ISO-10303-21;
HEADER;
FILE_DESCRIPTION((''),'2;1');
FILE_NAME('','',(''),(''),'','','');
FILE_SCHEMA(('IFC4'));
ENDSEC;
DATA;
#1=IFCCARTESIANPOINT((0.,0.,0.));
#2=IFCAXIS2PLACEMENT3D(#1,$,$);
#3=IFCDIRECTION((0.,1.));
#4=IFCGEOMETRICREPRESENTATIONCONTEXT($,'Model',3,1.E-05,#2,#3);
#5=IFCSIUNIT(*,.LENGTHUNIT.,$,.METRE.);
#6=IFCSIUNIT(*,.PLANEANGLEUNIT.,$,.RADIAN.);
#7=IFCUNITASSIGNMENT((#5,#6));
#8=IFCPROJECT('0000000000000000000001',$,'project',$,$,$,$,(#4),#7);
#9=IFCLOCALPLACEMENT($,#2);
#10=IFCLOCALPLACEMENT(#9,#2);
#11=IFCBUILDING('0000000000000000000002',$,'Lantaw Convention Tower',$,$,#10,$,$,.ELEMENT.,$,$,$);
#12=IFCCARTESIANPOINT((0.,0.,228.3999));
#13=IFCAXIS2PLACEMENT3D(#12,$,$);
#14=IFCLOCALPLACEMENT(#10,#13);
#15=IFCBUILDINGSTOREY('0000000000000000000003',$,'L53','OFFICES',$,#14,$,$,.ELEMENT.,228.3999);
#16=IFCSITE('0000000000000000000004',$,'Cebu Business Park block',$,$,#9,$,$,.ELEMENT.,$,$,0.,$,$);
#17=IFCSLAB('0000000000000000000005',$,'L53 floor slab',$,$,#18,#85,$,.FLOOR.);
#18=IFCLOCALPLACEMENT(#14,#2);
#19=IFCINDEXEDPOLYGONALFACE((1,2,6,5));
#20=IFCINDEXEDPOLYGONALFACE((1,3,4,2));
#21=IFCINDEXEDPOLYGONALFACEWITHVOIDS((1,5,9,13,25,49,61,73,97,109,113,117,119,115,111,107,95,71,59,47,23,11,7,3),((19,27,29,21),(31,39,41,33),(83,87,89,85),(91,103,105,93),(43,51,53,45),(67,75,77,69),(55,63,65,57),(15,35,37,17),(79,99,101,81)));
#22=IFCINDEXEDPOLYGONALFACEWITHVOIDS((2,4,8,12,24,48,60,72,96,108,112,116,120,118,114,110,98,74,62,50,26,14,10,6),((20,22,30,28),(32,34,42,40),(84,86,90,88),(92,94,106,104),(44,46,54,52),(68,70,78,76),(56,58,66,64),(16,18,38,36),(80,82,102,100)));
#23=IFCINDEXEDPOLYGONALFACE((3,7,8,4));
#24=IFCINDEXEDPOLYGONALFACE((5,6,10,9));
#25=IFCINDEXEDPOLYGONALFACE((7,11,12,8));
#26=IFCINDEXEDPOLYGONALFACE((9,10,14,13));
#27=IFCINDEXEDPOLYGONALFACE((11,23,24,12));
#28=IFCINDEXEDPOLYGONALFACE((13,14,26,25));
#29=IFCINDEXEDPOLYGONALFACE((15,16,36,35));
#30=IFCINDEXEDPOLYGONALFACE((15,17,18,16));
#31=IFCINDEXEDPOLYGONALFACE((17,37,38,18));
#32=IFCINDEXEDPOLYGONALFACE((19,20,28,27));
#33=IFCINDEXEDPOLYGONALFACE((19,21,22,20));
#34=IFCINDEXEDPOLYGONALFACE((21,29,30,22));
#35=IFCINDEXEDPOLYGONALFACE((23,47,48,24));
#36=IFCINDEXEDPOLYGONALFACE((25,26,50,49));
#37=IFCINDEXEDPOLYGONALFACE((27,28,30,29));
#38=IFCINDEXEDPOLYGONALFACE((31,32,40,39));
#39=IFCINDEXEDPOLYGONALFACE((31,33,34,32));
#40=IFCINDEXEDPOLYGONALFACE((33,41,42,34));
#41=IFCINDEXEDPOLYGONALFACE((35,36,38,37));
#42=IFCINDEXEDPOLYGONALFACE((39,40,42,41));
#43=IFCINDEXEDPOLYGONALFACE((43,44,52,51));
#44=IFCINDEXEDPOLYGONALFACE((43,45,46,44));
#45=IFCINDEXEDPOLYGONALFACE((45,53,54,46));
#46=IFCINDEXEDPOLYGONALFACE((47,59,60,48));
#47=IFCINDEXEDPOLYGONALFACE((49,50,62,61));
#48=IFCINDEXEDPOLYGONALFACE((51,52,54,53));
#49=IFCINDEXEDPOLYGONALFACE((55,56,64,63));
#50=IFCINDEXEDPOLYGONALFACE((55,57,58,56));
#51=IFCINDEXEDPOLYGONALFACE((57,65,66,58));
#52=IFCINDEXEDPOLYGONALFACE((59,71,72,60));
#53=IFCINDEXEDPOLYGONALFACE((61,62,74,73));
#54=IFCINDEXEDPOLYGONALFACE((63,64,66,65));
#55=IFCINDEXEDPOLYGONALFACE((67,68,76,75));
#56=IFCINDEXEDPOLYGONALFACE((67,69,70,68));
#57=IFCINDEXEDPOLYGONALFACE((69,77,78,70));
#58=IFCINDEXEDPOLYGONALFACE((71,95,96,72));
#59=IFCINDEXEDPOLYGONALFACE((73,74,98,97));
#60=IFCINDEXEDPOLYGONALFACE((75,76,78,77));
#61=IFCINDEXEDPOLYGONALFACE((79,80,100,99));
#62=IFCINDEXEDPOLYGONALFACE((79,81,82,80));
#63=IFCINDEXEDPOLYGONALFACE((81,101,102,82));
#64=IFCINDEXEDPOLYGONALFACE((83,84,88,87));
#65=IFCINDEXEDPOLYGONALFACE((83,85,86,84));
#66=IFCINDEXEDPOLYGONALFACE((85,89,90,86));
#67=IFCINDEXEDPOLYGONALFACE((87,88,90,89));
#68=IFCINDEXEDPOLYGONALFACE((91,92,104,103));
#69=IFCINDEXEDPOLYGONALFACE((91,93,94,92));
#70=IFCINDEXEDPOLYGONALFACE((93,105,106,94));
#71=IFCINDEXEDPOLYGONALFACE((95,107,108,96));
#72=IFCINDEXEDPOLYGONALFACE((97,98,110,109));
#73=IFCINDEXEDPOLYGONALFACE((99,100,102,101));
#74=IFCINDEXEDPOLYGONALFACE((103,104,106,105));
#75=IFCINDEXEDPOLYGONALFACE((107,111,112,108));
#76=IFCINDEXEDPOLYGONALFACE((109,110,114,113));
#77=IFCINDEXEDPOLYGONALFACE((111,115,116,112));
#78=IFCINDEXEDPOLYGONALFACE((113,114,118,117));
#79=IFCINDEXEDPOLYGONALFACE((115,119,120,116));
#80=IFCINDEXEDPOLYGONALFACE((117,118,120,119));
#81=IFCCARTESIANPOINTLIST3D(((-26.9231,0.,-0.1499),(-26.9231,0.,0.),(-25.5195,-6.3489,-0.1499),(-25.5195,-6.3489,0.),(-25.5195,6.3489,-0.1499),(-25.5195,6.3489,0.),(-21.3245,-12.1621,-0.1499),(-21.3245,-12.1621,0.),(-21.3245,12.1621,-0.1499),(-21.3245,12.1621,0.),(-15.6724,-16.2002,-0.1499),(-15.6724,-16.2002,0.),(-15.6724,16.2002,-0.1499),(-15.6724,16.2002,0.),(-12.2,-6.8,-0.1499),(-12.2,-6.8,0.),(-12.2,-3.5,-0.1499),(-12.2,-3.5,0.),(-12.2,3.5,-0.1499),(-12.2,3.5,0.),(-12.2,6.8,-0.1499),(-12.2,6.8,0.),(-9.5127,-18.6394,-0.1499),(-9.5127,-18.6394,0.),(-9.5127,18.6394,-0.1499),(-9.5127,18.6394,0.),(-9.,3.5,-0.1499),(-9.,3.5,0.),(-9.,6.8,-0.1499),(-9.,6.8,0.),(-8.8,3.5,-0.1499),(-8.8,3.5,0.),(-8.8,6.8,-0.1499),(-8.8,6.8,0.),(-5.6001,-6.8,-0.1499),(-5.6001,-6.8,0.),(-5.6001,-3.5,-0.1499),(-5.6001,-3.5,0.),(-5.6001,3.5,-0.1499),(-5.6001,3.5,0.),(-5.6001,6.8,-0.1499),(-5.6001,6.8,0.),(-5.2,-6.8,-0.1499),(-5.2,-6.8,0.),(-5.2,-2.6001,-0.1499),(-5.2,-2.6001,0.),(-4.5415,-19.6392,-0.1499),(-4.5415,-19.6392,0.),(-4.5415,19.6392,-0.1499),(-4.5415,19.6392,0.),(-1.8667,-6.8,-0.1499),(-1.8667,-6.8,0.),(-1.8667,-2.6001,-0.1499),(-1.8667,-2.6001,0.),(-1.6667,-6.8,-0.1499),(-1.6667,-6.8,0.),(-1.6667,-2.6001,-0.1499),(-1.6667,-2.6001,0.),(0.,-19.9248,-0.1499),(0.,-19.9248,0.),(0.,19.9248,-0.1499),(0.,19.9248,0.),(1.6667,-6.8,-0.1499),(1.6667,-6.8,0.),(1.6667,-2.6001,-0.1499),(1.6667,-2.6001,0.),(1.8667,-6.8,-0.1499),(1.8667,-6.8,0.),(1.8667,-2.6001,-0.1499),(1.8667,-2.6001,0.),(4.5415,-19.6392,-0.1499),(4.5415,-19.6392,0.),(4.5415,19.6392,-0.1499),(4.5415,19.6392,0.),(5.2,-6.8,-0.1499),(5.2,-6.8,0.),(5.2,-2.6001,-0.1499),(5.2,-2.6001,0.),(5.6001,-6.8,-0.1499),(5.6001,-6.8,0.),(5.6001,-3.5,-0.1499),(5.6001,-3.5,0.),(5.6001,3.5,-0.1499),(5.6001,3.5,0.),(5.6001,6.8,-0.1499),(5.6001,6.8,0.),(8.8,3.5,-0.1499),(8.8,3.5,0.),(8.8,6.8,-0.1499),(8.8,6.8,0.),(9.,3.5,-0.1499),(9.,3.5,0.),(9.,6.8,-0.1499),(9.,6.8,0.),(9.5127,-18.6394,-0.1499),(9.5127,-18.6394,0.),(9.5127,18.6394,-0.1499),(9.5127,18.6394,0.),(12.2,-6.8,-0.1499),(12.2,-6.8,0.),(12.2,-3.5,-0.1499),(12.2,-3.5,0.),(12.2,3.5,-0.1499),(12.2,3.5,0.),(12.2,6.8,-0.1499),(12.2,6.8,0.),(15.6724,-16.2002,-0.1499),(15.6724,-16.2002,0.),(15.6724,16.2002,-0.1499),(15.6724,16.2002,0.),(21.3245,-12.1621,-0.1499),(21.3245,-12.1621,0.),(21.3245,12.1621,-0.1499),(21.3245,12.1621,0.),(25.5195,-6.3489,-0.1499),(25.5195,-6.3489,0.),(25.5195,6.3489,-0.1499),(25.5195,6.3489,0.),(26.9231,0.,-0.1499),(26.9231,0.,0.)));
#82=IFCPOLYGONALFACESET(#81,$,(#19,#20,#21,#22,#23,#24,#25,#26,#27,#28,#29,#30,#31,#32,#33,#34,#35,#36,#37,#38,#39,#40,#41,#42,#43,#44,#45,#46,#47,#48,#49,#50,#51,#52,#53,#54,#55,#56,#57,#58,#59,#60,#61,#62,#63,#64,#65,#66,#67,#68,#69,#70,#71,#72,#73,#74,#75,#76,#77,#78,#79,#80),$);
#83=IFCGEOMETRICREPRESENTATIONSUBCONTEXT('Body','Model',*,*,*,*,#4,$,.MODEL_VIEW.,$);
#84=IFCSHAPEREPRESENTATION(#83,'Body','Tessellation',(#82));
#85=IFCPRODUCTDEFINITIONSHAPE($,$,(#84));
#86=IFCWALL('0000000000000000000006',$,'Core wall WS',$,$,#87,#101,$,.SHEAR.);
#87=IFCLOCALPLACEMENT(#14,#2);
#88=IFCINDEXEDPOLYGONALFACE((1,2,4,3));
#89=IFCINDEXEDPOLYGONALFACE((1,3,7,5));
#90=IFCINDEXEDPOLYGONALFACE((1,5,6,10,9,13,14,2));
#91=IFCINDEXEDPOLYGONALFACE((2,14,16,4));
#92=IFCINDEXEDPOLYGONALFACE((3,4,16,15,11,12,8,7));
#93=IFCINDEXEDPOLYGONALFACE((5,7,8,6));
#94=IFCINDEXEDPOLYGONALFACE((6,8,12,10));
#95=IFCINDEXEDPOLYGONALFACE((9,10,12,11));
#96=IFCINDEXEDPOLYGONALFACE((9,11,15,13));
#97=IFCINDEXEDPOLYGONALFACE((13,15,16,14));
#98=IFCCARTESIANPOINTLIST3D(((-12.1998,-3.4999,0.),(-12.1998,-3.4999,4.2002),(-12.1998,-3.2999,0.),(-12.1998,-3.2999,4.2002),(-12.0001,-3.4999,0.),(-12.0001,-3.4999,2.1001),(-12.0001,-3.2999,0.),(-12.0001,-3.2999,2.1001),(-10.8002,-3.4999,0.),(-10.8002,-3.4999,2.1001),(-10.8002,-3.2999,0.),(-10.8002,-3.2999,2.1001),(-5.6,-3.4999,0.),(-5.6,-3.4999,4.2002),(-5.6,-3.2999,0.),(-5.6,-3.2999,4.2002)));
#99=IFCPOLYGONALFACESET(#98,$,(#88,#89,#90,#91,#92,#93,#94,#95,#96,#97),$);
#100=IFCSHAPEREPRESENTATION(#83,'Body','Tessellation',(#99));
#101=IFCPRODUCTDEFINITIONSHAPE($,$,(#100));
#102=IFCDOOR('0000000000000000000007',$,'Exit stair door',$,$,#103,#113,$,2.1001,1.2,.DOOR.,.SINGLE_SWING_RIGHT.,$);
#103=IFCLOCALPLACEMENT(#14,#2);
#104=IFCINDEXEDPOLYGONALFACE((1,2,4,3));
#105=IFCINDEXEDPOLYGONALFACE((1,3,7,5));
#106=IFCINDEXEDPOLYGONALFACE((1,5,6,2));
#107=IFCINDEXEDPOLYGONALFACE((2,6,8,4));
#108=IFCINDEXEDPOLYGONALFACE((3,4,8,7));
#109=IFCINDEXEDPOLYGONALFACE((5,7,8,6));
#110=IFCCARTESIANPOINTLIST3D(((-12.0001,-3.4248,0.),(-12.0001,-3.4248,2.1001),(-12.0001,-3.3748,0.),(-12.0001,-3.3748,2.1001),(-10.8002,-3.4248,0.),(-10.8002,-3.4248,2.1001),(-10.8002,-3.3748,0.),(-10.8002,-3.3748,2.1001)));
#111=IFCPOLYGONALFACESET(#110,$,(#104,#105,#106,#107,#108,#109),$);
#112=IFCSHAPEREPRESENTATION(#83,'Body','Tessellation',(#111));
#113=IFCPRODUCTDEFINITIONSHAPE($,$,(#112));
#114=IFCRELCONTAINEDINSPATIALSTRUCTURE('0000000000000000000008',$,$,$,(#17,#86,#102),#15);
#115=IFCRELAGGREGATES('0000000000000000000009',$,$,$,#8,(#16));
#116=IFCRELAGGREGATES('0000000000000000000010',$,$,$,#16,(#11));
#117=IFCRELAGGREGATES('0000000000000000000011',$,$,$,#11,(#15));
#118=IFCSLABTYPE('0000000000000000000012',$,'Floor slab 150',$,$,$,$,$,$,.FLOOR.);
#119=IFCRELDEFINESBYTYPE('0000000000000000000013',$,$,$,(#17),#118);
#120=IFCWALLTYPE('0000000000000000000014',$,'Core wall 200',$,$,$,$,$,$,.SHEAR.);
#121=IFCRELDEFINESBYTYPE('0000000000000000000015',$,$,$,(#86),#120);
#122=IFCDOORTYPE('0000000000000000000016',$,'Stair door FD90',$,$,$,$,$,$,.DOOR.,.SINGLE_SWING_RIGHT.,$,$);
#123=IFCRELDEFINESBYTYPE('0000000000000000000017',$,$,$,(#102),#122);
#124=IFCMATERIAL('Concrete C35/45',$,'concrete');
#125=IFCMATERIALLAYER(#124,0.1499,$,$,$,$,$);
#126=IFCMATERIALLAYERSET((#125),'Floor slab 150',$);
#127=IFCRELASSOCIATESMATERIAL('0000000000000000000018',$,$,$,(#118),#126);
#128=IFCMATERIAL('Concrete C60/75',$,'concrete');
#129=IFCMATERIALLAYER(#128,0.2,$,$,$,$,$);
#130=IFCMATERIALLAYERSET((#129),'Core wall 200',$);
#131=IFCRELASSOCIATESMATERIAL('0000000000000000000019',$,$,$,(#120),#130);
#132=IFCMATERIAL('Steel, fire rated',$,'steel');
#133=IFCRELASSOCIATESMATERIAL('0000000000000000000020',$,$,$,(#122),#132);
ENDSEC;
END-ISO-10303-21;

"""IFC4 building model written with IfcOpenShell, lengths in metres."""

from ifc_helpers import new_model, si_unit, direction, frame, frame_2d, origin, place, context, subcontext, project, spatial, polyline, rectangle, outline, extrude, material, layer, layer_set, type_object, element, fill, save


model = new_model("IFC4")

# Units and contexts
model_context = context("Model", 3, precision=1e-05, world=origin(), true_north=direction((0.0, 1.0)))
body_context = subcontext(model_context, "Body", "Model", "MODEL_VIEW")
ifc_project = project(units=[si_unit("LENGTHUNIT", "METRE"), si_unit("PLANEANGLEUNIT", "RADIAN")], contexts=[model_context])

# Site, building, storey
site_placement = place(None, origin())
site = spatial("IfcSite", under=ifc_project, at=site_placement, Name="Cebu Business Park block", CompositionType="ELEMENT", RefElevation=0.0)
building_placement = place(site_placement, origin())
building = spatial("IfcBuilding", under=site, at=building_placement, Name="Lantaw Convention Tower", CompositionType="ELEMENT")
storey_placement = place(building_placement, frame((0.0, 0.0, 228.3999)))
storey = spatial("IfcBuildingStorey", under=building, at=storey_placement, Name="L53", Description="OFFICES", CompositionType="ELEMENT", Elevation=228.3999)

# Slab
ifc_material_1 = material(Name="Concrete C35/45", Category="concrete")
ifc_layer_1 = layer(ifc_material_1, 0.1499)
ifc_layer_set_1 = layer_set([ifc_layer_1], Name="Floor slab 150")
slab_type = type_object("IfcSlabType", Name="Floor slab 150", PredefinedType="FLOOR", material=ifc_layer_set_1)
slab_placement = place(storey_placement, frame((0.0, 0.0, -0.1499)))
element("IfcSlab", 1, at=slab_placement, inside=storey, type_object=slab_type, Name="L53 floor slab", PredefinedType="FLOOR", context=body_context, shape_type="SweptSolid", body=[
    extrude(outline(polyline([(25.5195, -6.3489), (26.9231, 0.0), (25.5195, 6.3489), (21.3245, 12.1621), (15.6724, 16.2002), (9.5127, 18.6394), (4.5415, 19.6392), (0.0, 19.9248), (-4.5415, 19.6392), (-9.5127, 18.6394), (-15.6724, 16.2002), (-21.3245, 12.1621), (-25.5195, 6.3489), (-26.9231, 0.0), (-25.5195, -6.3489), (-21.3245, -12.1621), (-15.6724, -16.2002), (-9.5127, -18.6394), (-4.5415, -19.6392), (0.0, -19.9248), (4.5415, -19.6392), (9.5127, -18.6394), (15.6724, -16.2002), (21.3245, -12.1621), (25.5195, -6.3489)]), holes=[polyline([(-5.6001, -3.5), (-12.2, -3.5), (-12.2, -6.8), (-5.6001, -6.8), (-5.6001, -3.5)]), polyline([(12.2, -3.5), (5.6001, -3.5), (5.6001, -6.8), (12.2, -6.8), (12.2, -3.5)]), polyline([(-1.8667, -2.6001), (-5.2, -2.6001), (-5.2, -6.8), (-1.8667, -6.8), (-1.8667, -2.6001)]), polyline([(1.6667, -2.6001), (-1.6667, -2.6001), (-1.6667, -6.8), (1.6667, -6.8), (1.6667, -2.6001)]), polyline([(5.2, -2.6001), (1.8667, -2.6001), (1.8667, -6.8), (5.2, -6.8), (5.2, -2.6001)]), polyline([(-9.0, 6.8), (-12.2, 6.8), (-12.2, 3.5), (-9.0, 3.5), (-9.0, 6.8)]), polyline([(-5.6001, 6.8), (-8.8, 6.8), (-8.8, 3.5), (-5.6001, 3.5), (-5.6001, 6.8)]), polyline([(8.8, 3.5), (8.8, 6.8), (5.6001, 6.8), (5.6001, 3.5), (8.8, 3.5)]), polyline([(12.2, 3.5), (12.2, 6.8), (9.0, 6.8), (9.0, 3.5), (12.2, 3.5)])]), origin(), (0.0, 0.0, 1.0), 0.1499),
])

# Wall, opening, door
ifc_material_2 = material(Name="Concrete C60/75", Category="concrete")
ifc_layer_2 = layer(ifc_material_2, 0.2)
ifc_layer_set_2 = layer_set([ifc_layer_2], Name="Core wall 200")
wall_type_1 = type_object("IfcWallType", Name="Core wall 200", PredefinedType="SHEAR", material=ifc_layer_set_2)
wall_1_placement = place(storey_placement, frame((-5.6001, -3.3999, 0.0), z_axis=(0.0, 0.0, 1.0), x_axis=(-1.0, 0.0, 0.0)))
wall_1 = element("IfcWall", 2, at=wall_1_placement, inside=storey, type_object=wall_type_1, Name="Core wall WS", PredefinedType="SHEAR", context=body_context, shape_type="SweptSolid", body=[
    extrude(rectangle(XDim=6.5999, YDim=0.2, at=frame_2d((3.2998, 0.0))), origin(), (0.0, 0.0, 1.0), 4.2002),
])
opening_1_placement = place(wall_1_placement, frame((5.2, 0.0, 0.0)))
opening_1 = element("IfcOpeningElement", 3, at=opening_1_placement, cuts=wall_1, PredefinedType="OPENING", context=body_context, shape_type="SweptSolid", body=[
    extrude(rectangle(XDim=1.2, YDim=2.1001, at=frame_2d((0.6001, 1.05))), frame((0.0, 0.1099, 0.0), z_axis=(0.0, -1.0, 0.0), x_axis=(1.0, 0.0, 0.0)), (0.0, 0.0, 1.0), 0.22),
])
ifc_material_3 = material(Name="Steel, fire rated", Category="steel")
door_type_1 = type_object("IfcDoorType", Name="Stair door FD90", OperationType="SINGLE_SWING_RIGHT", PredefinedType="DOOR", material=ifc_material_3)
door_1_placement = place(opening_1_placement, origin())
door_1 = element("IfcDoor", 4, at=door_1_placement, inside=storey, type_object=door_type_1, Name="Exit stair door", OperationType="SINGLE_SWING_RIGHT", OverallHeight=2.1001, OverallWidth=1.2, PredefinedType="DOOR", context=body_context, shape_type="SweptSolid", body=[
    extrude(rectangle(XDim=1.2, YDim=2.1001, at=frame_2d((0.6001, 1.05))), frame((0.0, 0.0249, 0.0), z_axis=(0.0, -1.0, 0.0), x_axis=(1.0, 0.0, 0.0)), (0.0, 0.0, 1.0), 0.05),
])
fill(opening_1, door_1)

save(model, "model.ifc")
